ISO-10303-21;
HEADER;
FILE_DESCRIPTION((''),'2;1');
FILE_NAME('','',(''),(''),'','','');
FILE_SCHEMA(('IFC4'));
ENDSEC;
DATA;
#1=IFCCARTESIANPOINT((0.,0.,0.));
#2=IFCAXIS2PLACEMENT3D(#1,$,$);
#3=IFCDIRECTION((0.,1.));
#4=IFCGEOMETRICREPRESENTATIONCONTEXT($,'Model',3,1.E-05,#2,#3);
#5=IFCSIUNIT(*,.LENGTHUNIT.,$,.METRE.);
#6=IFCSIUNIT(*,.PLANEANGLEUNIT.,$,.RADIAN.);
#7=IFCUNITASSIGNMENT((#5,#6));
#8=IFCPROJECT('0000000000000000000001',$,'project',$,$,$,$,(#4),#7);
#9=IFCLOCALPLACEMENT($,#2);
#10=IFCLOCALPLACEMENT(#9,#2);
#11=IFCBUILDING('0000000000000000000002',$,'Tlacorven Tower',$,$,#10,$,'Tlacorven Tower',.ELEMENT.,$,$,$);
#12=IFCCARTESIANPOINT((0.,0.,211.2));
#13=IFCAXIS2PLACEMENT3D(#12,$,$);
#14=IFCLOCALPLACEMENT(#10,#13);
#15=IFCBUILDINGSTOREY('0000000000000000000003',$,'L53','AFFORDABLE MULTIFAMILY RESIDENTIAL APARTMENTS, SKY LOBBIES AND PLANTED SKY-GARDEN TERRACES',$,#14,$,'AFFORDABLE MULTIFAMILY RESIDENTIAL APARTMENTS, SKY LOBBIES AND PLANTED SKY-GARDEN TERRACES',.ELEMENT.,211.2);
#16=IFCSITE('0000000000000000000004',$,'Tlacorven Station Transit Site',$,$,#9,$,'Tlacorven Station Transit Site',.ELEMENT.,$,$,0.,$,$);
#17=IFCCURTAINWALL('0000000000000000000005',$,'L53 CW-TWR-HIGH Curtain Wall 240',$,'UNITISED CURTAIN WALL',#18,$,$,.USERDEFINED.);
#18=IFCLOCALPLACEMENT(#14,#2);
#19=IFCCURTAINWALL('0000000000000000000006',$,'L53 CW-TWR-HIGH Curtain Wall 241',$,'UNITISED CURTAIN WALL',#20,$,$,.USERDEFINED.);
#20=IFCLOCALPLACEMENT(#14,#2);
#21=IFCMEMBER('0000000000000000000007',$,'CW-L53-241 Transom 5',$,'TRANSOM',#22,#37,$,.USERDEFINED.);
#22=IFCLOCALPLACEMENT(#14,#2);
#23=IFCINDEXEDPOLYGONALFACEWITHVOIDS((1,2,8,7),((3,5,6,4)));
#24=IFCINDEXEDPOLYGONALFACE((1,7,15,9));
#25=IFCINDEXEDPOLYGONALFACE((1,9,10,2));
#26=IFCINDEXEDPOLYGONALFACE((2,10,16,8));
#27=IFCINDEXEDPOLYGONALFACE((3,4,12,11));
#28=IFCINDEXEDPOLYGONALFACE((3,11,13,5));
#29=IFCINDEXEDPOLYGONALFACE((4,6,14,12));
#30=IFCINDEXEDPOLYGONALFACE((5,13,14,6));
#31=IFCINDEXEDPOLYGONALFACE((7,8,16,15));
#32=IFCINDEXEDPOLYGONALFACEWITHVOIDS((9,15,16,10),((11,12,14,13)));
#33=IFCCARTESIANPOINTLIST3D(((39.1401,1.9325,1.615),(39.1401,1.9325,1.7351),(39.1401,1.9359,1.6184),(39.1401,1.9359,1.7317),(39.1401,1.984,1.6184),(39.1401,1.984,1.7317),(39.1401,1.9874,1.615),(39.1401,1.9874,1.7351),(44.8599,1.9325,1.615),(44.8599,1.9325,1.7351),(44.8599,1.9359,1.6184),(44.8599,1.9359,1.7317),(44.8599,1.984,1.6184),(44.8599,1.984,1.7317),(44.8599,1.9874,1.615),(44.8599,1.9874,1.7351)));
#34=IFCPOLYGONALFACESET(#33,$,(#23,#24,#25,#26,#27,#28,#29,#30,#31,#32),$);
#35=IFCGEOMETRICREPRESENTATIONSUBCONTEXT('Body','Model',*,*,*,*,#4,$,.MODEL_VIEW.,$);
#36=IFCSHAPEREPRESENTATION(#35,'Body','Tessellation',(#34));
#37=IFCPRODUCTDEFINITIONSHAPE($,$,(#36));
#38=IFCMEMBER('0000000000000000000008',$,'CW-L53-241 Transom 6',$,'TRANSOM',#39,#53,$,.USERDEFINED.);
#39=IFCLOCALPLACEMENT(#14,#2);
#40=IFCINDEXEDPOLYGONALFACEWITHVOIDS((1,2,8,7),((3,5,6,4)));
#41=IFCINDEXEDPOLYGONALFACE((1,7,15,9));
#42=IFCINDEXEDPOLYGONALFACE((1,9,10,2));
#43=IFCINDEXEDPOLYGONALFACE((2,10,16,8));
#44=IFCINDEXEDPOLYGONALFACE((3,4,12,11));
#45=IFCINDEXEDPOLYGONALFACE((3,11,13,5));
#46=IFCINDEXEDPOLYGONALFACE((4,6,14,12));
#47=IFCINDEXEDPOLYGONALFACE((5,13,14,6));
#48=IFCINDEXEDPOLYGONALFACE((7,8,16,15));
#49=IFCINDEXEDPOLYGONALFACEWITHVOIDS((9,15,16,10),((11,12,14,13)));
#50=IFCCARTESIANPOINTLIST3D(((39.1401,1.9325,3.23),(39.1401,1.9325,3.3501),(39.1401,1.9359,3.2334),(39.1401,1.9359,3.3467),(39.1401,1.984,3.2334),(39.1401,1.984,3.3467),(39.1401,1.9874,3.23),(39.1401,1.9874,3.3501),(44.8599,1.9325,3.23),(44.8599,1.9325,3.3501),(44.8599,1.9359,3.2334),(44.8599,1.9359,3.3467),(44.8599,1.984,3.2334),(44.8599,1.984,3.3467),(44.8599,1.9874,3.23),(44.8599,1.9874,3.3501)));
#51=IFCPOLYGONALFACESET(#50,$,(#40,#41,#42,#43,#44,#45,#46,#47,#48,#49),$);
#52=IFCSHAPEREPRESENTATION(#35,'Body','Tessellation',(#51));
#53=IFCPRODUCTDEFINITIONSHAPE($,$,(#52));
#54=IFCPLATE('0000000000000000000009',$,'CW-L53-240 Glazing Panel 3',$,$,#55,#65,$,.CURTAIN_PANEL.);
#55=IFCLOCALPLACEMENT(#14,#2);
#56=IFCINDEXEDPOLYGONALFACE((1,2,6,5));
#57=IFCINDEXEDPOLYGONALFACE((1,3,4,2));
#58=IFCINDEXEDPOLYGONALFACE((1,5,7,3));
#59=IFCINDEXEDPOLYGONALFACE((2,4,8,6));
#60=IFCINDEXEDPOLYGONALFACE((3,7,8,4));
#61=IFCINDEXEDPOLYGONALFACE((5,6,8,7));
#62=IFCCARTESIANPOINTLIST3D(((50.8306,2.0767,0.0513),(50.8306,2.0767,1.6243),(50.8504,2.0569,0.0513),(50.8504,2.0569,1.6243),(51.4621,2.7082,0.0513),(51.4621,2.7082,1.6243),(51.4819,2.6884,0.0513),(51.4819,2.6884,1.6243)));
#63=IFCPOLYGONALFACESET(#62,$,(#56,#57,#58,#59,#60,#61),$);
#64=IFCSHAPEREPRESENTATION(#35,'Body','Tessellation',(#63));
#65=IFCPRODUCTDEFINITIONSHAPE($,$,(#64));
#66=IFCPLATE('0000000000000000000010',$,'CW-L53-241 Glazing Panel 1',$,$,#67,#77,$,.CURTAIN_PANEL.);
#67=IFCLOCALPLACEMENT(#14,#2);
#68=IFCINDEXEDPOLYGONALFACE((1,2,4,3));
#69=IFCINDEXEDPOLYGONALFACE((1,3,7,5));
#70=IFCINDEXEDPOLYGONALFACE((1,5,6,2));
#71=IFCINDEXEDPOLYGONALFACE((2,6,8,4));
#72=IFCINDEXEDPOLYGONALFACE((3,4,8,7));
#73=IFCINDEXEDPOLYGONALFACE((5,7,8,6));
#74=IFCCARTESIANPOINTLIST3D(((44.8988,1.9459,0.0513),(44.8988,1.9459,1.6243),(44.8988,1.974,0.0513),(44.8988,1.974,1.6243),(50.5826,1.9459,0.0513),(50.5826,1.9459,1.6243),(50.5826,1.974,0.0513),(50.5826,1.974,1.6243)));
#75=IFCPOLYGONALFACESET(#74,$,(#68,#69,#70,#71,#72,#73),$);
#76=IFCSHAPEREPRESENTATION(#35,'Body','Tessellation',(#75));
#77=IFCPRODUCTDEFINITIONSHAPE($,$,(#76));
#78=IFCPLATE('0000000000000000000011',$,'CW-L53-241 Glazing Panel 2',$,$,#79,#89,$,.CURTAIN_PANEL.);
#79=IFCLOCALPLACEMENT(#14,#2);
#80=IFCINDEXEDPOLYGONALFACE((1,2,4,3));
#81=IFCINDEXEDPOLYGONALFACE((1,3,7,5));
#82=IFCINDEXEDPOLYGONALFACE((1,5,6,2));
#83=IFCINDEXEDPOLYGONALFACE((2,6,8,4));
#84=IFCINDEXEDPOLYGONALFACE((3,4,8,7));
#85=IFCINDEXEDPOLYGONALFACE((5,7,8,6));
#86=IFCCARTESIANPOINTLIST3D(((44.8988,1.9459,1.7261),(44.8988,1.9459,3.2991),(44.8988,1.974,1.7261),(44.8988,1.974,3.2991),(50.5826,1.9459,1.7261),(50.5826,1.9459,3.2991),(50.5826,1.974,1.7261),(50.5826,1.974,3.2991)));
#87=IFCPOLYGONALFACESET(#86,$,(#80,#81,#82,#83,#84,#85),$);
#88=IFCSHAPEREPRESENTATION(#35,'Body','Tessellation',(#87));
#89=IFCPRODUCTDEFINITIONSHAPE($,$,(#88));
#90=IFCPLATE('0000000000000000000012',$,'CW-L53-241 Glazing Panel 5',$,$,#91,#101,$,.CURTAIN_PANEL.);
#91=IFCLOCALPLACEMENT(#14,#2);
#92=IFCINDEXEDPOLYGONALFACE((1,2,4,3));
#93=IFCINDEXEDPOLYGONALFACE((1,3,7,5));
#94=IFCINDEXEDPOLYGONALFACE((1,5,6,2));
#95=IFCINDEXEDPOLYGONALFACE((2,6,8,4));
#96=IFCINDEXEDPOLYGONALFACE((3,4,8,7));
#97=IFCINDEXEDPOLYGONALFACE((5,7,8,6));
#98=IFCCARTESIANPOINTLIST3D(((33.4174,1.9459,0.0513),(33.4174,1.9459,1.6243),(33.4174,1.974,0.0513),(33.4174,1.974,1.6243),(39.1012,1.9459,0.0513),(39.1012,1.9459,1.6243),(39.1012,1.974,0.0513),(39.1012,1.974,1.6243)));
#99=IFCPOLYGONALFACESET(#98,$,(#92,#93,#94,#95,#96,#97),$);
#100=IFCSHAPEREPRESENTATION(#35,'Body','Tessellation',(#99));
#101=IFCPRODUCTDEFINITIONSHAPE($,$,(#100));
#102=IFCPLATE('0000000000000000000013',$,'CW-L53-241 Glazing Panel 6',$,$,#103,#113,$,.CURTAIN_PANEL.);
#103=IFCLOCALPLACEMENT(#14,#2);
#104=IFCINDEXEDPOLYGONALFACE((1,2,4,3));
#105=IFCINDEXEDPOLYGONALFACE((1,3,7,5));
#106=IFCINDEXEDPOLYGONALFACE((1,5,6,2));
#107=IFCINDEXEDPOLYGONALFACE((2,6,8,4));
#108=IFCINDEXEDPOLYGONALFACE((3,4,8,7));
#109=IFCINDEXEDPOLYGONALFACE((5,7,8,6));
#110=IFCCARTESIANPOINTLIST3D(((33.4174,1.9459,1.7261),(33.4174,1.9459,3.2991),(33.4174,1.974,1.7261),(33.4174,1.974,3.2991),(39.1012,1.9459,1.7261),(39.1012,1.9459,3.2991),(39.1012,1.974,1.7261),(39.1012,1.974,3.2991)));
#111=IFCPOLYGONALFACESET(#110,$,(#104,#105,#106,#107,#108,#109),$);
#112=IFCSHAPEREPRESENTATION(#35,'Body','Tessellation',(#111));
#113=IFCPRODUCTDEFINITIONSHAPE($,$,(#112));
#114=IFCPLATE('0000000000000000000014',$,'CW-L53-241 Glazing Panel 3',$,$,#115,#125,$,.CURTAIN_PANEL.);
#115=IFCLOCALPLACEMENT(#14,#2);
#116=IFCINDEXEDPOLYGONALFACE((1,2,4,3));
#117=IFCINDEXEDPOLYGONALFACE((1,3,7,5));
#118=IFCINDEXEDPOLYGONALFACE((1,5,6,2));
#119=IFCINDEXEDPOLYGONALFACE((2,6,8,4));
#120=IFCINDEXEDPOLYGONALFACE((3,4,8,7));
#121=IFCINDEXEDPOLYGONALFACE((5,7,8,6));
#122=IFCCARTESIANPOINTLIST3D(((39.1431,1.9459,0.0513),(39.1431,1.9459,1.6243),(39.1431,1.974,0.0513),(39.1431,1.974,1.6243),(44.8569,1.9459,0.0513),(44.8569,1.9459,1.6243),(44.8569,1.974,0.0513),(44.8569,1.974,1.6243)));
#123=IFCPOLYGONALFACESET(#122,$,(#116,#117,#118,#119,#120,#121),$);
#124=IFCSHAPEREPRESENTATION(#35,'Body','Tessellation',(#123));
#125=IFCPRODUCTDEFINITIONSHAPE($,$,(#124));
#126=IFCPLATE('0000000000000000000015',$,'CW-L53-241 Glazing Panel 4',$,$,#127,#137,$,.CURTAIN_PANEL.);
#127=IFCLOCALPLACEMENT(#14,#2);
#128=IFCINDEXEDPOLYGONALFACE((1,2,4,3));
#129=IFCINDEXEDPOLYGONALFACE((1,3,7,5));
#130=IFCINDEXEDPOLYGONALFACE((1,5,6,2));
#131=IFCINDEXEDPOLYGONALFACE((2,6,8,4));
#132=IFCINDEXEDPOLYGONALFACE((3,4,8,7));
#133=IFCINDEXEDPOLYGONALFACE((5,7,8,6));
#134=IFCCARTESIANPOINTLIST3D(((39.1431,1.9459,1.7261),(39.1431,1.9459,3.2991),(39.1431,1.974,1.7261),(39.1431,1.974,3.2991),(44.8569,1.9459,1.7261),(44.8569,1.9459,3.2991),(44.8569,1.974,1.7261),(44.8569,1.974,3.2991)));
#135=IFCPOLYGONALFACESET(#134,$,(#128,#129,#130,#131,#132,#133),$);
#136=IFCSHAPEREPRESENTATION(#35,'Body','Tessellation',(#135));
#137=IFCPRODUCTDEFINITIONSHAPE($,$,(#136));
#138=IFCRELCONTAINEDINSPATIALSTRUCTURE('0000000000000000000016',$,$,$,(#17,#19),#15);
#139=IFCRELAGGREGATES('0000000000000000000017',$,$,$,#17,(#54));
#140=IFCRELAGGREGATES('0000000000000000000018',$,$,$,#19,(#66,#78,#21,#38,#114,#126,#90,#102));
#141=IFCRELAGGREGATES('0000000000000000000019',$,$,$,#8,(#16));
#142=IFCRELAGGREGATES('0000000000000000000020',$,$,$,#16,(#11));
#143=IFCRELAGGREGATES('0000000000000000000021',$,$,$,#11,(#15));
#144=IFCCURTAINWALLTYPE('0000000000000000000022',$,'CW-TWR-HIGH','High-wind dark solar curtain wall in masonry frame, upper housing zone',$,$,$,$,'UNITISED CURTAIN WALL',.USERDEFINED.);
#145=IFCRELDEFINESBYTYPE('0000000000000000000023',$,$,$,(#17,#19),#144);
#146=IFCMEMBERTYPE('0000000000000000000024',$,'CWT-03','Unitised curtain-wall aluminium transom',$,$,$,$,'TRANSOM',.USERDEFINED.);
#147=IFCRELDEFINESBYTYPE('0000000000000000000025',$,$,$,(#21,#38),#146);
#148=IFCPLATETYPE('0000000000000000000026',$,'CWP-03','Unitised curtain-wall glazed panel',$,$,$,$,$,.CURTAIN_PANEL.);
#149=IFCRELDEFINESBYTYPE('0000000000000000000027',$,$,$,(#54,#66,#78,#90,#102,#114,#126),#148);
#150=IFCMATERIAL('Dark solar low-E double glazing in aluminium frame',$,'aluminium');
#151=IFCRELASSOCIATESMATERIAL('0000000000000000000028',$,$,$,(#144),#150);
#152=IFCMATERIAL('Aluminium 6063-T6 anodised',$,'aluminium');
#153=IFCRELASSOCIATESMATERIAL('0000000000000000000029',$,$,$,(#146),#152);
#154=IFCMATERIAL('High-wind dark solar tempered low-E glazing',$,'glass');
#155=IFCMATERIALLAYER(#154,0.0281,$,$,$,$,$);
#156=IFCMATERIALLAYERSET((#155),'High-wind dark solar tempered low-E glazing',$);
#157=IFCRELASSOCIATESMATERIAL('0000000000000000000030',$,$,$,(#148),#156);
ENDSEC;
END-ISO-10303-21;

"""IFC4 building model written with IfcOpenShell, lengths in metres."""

from ifc_helpers import new_model, si_unit, direction, frame, origin, origin_2d, place, context, subcontext, project, spatial, rectangle, hollow_rectangle, extrude, source, transform, mapped, material, layer, layer_set, material_profile, profile_set, type_object, element, aggregate, save


model = new_model("IFC4")

# Units and contexts
model_context = context("Model", 3, precision=1e-05, world=origin(), true_north=direction((0.0, 1.0)))
body_context = subcontext(model_context, "Body", "Model", "MODEL_VIEW")
ifc_project = project(units=[si_unit("LENGTHUNIT", "METRE"), si_unit("PLANEANGLEUNIT", "RADIAN")], contexts=[model_context])

# Site, building, storey
site_placement = place(None, origin())
site = spatial("IfcSite", under=ifc_project, at=site_placement, Name="Tlacorven Station Transit Site", LongName="Tlacorven Station Transit Site", CompositionType="ELEMENT", RefElevation=0.0)
building_placement = place(site_placement, origin())
building = spatial("IfcBuilding", under=site, at=building_placement, Name="Tlacorven Tower", LongName="Tlacorven Tower", CompositionType="ELEMENT")
storey_placement = place(building_placement, frame((0.0, 0.0, 211.2)))
storey = spatial("IfcBuildingStorey", under=building, at=storey_placement, Name="L53", Description="AFFORDABLE MULTIFAMILY RESIDENTIAL APARTMENTS, SKY LOBBIES AND PLANTED SKY-GARDEN TERRACES", LongName="AFFORDABLE MULTIFAMILY RESIDENTIAL APARTMENTS, SKY LOBBIES AND PLANTED SKY-GARDEN TERRACES", CompositionType="ELEMENT", Elevation=211.2)

# Curtain wall
ifc_material_1 = material(Name="Dark solar low-E double glazing in aluminium frame", Category="aluminium")
curtain_wall_type = type_object("IfcCurtainWallType", Name="CW-TWR-HIGH", Description="High-wind dark solar curtain wall in masonry frame, upper housing zone", ElementType="UNITISED CURTAIN WALL", PredefinedType="USERDEFINED", material=ifc_material_1)
curtain_wall_1_placement = place(storey_placement, origin())
curtain_wall_1 = element("IfcCurtainWall", 1, at=curtain_wall_1_placement, inside=storey, type_object=curtain_wall_type, Name="L53 CW-TWR-HIGH Curtain Wall 240", ObjectType="UNITISED CURTAIN WALL", PredefinedType="USERDEFINED")
ifc_material_2 = material(Name="Aluminium 6063-T6 anodised", Category="aluminium")

# Curtain wall, members
curtain_wall_2_placement = place(storey_placement, origin())
curtain_wall_2 = element("IfcCurtainWall", 2, at=curtain_wall_2_placement, inside=storey, type_object=curtain_wall_type, Name="L53 CW-TWR-HIGH Curtain Wall 241", ObjectType="UNITISED CURTAIN WALL", PredefinedType="USERDEFINED")
ifc_material_profile_1 = material_profile(ifc_material_2, hollow_rectangle(XDim=0.0549, YDim=0.1201, WallThickness=0.0034, at=origin_2d()), Name="ALU TRANSOM 55X120")
ifc_profile_set_1 = profile_set([ifc_material_profile_1], Name="Aluminium 6063-T6 anodised")
member_type_1 = type_object("IfcMemberType", Name="CWT-03", Description="Unitised curtain-wall aluminium transom", ElementType="TRANSOM", PredefinedType="USERDEFINED", material=ifc_profile_set_1)
shared_shape_1 = source(origin(), body_context, "Body", "SweptSolid", [
    extrude(hollow_rectangle(XDim=0.0549, YDim=0.1201, WallThickness=0.0034, at=origin_2d()), origin(), (0.0, 0.0, 1.0), 5.7197),
])
member_1_placement = place(storey_placement, frame((44.8599, 1.96, 1.675), z_axis=(-1.0, 0.0, 0.0), x_axis=(0.0, -1.0, 0.0)))
member_1 = element("IfcMember", 3, at=member_1_placement, type_object=member_type_1, Name="CW-L53-241 Transom 5", ObjectType="TRANSOM", PredefinedType="USERDEFINED", context=body_context, shape_type="MappedRepresentation", body=[
    mapped(shared_shape_1, transform((0.0, 0.0, 0.0), scale=1.0)),
])
member_2_placement = place(storey_placement, frame((44.8599, 1.96, 3.29), z_axis=(-1.0, 0.0, 0.0), x_axis=(0.0, -1.0, 0.0)))
member_2 = element("IfcMember", 4, at=member_2_placement, type_object=member_type_1, Name="CW-L53-241 Transom 6", ObjectType="TRANSOM", PredefinedType="USERDEFINED", context=body_context, shape_type="MappedRepresentation", body=[
    mapped(shared_shape_1, transform((0.0, 0.0, 0.0), scale=1.0)),
])

# Plates
ifc_material_3 = material(Name="High-wind dark solar tempered low-E glazing", Category="glass")
ifc_layer_1 = layer(ifc_material_3, 0.0281)
ifc_layer_set_1 = layer_set([ifc_layer_1], Name="High-wind dark solar tempered low-E glazing")
plate_type = type_object("IfcPlateType", Name="CWP-03", Description="Unitised curtain-wall glazed panel", PredefinedType="CURTAIN_PANEL", material=ifc_layer_set_1)
shared_shape_2 = source(origin(), body_context, "Body", "SweptSolid", [
    extrude(rectangle(XDim=0.8931, YDim=0.0281, at=origin_2d()), origin(), (0.0, 0.0, 1.0), 1.573),
])
plate_1_placement = place(storey_placement, frame((51.1562, 2.3826, 0.0513), z_axis=(0.0, 0.0, 1.0), x_axis=(-0.707107, -0.707107, 0.0)))
plate_1 = element("IfcPlate", 5, at=plate_1_placement, type_object=plate_type, Name="CW-L53-240 Glazing Panel 3", PredefinedType="CURTAIN_PANEL", context=body_context, shape_type="MappedRepresentation", body=[
    mapped(shared_shape_2, transform((0.0, 0.0, 0.0), scale=1.0)),
])
aggregate(curtain_wall_1, [plate_1])
shared_shape_3 = source(origin(), body_context, "Body", "SweptSolid", [
    extrude(rectangle(XDim=5.6838, YDim=0.0281, at=origin_2d()), origin(), (0.0, 0.0, 1.0), 1.573),
])
plate_2_placement = place(storey_placement, frame((47.7407, 1.96, 0.0513), z_axis=(0.0, 0.0, 1.0), x_axis=(-1.0, 0.0, 0.0)))
plate_2 = element("IfcPlate", 6, at=plate_2_placement, type_object=plate_type, Name="CW-L53-241 Glazing Panel 1", PredefinedType="CURTAIN_PANEL", context=body_context, shape_type="MappedRepresentation", body=[
    mapped(shared_shape_3, transform((0.0, 0.0, 0.0), scale=1.0)),
])
plate_3_placement = place(storey_placement, frame((47.7407, 1.96, 1.7261), z_axis=(0.0, 0.0, 1.0), x_axis=(-1.0, 0.0, 0.0)))
plate_3 = element("IfcPlate", 7, at=plate_3_placement, type_object=plate_type, Name="CW-L53-241 Glazing Panel 2", PredefinedType="CURTAIN_PANEL", context=body_context, shape_type="MappedRepresentation", body=[
    mapped(shared_shape_3, transform((0.0, 0.0, 0.0), scale=1.0)),
])
plate_4_placement = place(storey_placement, frame((36.2593, 1.96, 0.0513), z_axis=(0.0, 0.0, 1.0), x_axis=(-1.0, 0.0, 0.0)))
plate_4 = element("IfcPlate", 8, at=plate_4_placement, type_object=plate_type, Name="CW-L53-241 Glazing Panel 5", PredefinedType="CURTAIN_PANEL", context=body_context, shape_type="MappedRepresentation", body=[
    mapped(shared_shape_3, transform((0.0, 0.0, 0.0), scale=1.0)),
])
plate_5_placement = place(storey_placement, frame((36.2593, 1.96, 1.7261), z_axis=(0.0, 0.0, 1.0), x_axis=(-1.0, 0.0, 0.0)))
plate_5 = element("IfcPlate", 9, at=plate_5_placement, type_object=plate_type, Name="CW-L53-241 Glazing Panel 6", PredefinedType="CURTAIN_PANEL", context=body_context, shape_type="MappedRepresentation", body=[
    mapped(shared_shape_3, transform((0.0, 0.0, 0.0), scale=1.0)),
])
shared_shape_4 = source(origin(), body_context, "Body", "SweptSolid", [
    extrude(rectangle(XDim=5.7139, YDim=0.0281, at=origin_2d()), origin(), (0.0, 0.0, 1.0), 1.573),
])
plate_6_placement = place(storey_placement, frame((42.0, 1.96, 0.0513), z_axis=(0.0, 0.0, 1.0), x_axis=(-1.0, 0.0, 0.0)))
plate_6 = element("IfcPlate", 10, at=plate_6_placement, type_object=plate_type, Name="CW-L53-241 Glazing Panel 3", PredefinedType="CURTAIN_PANEL", context=body_context, shape_type="MappedRepresentation", body=[
    mapped(shared_shape_4, transform((0.0, 0.0, 0.0), scale=1.0)),
])
plate_7_placement = place(storey_placement, frame((42.0, 1.96, 1.7261), z_axis=(0.0, 0.0, 1.0), x_axis=(-1.0, 0.0, 0.0)))
plate_7 = element("IfcPlate", 11, at=plate_7_placement, type_object=plate_type, Name="CW-L53-241 Glazing Panel 4", PredefinedType="CURTAIN_PANEL", context=body_context, shape_type="MappedRepresentation", body=[
    mapped(shared_shape_4, transform((0.0, 0.0, 0.0), scale=1.0)),
])
aggregate(curtain_wall_2, [plate_2, plate_3, member_1, member_2, plate_6, plate_7, plate_4, plate_5])

save(model, "model.ifc")
